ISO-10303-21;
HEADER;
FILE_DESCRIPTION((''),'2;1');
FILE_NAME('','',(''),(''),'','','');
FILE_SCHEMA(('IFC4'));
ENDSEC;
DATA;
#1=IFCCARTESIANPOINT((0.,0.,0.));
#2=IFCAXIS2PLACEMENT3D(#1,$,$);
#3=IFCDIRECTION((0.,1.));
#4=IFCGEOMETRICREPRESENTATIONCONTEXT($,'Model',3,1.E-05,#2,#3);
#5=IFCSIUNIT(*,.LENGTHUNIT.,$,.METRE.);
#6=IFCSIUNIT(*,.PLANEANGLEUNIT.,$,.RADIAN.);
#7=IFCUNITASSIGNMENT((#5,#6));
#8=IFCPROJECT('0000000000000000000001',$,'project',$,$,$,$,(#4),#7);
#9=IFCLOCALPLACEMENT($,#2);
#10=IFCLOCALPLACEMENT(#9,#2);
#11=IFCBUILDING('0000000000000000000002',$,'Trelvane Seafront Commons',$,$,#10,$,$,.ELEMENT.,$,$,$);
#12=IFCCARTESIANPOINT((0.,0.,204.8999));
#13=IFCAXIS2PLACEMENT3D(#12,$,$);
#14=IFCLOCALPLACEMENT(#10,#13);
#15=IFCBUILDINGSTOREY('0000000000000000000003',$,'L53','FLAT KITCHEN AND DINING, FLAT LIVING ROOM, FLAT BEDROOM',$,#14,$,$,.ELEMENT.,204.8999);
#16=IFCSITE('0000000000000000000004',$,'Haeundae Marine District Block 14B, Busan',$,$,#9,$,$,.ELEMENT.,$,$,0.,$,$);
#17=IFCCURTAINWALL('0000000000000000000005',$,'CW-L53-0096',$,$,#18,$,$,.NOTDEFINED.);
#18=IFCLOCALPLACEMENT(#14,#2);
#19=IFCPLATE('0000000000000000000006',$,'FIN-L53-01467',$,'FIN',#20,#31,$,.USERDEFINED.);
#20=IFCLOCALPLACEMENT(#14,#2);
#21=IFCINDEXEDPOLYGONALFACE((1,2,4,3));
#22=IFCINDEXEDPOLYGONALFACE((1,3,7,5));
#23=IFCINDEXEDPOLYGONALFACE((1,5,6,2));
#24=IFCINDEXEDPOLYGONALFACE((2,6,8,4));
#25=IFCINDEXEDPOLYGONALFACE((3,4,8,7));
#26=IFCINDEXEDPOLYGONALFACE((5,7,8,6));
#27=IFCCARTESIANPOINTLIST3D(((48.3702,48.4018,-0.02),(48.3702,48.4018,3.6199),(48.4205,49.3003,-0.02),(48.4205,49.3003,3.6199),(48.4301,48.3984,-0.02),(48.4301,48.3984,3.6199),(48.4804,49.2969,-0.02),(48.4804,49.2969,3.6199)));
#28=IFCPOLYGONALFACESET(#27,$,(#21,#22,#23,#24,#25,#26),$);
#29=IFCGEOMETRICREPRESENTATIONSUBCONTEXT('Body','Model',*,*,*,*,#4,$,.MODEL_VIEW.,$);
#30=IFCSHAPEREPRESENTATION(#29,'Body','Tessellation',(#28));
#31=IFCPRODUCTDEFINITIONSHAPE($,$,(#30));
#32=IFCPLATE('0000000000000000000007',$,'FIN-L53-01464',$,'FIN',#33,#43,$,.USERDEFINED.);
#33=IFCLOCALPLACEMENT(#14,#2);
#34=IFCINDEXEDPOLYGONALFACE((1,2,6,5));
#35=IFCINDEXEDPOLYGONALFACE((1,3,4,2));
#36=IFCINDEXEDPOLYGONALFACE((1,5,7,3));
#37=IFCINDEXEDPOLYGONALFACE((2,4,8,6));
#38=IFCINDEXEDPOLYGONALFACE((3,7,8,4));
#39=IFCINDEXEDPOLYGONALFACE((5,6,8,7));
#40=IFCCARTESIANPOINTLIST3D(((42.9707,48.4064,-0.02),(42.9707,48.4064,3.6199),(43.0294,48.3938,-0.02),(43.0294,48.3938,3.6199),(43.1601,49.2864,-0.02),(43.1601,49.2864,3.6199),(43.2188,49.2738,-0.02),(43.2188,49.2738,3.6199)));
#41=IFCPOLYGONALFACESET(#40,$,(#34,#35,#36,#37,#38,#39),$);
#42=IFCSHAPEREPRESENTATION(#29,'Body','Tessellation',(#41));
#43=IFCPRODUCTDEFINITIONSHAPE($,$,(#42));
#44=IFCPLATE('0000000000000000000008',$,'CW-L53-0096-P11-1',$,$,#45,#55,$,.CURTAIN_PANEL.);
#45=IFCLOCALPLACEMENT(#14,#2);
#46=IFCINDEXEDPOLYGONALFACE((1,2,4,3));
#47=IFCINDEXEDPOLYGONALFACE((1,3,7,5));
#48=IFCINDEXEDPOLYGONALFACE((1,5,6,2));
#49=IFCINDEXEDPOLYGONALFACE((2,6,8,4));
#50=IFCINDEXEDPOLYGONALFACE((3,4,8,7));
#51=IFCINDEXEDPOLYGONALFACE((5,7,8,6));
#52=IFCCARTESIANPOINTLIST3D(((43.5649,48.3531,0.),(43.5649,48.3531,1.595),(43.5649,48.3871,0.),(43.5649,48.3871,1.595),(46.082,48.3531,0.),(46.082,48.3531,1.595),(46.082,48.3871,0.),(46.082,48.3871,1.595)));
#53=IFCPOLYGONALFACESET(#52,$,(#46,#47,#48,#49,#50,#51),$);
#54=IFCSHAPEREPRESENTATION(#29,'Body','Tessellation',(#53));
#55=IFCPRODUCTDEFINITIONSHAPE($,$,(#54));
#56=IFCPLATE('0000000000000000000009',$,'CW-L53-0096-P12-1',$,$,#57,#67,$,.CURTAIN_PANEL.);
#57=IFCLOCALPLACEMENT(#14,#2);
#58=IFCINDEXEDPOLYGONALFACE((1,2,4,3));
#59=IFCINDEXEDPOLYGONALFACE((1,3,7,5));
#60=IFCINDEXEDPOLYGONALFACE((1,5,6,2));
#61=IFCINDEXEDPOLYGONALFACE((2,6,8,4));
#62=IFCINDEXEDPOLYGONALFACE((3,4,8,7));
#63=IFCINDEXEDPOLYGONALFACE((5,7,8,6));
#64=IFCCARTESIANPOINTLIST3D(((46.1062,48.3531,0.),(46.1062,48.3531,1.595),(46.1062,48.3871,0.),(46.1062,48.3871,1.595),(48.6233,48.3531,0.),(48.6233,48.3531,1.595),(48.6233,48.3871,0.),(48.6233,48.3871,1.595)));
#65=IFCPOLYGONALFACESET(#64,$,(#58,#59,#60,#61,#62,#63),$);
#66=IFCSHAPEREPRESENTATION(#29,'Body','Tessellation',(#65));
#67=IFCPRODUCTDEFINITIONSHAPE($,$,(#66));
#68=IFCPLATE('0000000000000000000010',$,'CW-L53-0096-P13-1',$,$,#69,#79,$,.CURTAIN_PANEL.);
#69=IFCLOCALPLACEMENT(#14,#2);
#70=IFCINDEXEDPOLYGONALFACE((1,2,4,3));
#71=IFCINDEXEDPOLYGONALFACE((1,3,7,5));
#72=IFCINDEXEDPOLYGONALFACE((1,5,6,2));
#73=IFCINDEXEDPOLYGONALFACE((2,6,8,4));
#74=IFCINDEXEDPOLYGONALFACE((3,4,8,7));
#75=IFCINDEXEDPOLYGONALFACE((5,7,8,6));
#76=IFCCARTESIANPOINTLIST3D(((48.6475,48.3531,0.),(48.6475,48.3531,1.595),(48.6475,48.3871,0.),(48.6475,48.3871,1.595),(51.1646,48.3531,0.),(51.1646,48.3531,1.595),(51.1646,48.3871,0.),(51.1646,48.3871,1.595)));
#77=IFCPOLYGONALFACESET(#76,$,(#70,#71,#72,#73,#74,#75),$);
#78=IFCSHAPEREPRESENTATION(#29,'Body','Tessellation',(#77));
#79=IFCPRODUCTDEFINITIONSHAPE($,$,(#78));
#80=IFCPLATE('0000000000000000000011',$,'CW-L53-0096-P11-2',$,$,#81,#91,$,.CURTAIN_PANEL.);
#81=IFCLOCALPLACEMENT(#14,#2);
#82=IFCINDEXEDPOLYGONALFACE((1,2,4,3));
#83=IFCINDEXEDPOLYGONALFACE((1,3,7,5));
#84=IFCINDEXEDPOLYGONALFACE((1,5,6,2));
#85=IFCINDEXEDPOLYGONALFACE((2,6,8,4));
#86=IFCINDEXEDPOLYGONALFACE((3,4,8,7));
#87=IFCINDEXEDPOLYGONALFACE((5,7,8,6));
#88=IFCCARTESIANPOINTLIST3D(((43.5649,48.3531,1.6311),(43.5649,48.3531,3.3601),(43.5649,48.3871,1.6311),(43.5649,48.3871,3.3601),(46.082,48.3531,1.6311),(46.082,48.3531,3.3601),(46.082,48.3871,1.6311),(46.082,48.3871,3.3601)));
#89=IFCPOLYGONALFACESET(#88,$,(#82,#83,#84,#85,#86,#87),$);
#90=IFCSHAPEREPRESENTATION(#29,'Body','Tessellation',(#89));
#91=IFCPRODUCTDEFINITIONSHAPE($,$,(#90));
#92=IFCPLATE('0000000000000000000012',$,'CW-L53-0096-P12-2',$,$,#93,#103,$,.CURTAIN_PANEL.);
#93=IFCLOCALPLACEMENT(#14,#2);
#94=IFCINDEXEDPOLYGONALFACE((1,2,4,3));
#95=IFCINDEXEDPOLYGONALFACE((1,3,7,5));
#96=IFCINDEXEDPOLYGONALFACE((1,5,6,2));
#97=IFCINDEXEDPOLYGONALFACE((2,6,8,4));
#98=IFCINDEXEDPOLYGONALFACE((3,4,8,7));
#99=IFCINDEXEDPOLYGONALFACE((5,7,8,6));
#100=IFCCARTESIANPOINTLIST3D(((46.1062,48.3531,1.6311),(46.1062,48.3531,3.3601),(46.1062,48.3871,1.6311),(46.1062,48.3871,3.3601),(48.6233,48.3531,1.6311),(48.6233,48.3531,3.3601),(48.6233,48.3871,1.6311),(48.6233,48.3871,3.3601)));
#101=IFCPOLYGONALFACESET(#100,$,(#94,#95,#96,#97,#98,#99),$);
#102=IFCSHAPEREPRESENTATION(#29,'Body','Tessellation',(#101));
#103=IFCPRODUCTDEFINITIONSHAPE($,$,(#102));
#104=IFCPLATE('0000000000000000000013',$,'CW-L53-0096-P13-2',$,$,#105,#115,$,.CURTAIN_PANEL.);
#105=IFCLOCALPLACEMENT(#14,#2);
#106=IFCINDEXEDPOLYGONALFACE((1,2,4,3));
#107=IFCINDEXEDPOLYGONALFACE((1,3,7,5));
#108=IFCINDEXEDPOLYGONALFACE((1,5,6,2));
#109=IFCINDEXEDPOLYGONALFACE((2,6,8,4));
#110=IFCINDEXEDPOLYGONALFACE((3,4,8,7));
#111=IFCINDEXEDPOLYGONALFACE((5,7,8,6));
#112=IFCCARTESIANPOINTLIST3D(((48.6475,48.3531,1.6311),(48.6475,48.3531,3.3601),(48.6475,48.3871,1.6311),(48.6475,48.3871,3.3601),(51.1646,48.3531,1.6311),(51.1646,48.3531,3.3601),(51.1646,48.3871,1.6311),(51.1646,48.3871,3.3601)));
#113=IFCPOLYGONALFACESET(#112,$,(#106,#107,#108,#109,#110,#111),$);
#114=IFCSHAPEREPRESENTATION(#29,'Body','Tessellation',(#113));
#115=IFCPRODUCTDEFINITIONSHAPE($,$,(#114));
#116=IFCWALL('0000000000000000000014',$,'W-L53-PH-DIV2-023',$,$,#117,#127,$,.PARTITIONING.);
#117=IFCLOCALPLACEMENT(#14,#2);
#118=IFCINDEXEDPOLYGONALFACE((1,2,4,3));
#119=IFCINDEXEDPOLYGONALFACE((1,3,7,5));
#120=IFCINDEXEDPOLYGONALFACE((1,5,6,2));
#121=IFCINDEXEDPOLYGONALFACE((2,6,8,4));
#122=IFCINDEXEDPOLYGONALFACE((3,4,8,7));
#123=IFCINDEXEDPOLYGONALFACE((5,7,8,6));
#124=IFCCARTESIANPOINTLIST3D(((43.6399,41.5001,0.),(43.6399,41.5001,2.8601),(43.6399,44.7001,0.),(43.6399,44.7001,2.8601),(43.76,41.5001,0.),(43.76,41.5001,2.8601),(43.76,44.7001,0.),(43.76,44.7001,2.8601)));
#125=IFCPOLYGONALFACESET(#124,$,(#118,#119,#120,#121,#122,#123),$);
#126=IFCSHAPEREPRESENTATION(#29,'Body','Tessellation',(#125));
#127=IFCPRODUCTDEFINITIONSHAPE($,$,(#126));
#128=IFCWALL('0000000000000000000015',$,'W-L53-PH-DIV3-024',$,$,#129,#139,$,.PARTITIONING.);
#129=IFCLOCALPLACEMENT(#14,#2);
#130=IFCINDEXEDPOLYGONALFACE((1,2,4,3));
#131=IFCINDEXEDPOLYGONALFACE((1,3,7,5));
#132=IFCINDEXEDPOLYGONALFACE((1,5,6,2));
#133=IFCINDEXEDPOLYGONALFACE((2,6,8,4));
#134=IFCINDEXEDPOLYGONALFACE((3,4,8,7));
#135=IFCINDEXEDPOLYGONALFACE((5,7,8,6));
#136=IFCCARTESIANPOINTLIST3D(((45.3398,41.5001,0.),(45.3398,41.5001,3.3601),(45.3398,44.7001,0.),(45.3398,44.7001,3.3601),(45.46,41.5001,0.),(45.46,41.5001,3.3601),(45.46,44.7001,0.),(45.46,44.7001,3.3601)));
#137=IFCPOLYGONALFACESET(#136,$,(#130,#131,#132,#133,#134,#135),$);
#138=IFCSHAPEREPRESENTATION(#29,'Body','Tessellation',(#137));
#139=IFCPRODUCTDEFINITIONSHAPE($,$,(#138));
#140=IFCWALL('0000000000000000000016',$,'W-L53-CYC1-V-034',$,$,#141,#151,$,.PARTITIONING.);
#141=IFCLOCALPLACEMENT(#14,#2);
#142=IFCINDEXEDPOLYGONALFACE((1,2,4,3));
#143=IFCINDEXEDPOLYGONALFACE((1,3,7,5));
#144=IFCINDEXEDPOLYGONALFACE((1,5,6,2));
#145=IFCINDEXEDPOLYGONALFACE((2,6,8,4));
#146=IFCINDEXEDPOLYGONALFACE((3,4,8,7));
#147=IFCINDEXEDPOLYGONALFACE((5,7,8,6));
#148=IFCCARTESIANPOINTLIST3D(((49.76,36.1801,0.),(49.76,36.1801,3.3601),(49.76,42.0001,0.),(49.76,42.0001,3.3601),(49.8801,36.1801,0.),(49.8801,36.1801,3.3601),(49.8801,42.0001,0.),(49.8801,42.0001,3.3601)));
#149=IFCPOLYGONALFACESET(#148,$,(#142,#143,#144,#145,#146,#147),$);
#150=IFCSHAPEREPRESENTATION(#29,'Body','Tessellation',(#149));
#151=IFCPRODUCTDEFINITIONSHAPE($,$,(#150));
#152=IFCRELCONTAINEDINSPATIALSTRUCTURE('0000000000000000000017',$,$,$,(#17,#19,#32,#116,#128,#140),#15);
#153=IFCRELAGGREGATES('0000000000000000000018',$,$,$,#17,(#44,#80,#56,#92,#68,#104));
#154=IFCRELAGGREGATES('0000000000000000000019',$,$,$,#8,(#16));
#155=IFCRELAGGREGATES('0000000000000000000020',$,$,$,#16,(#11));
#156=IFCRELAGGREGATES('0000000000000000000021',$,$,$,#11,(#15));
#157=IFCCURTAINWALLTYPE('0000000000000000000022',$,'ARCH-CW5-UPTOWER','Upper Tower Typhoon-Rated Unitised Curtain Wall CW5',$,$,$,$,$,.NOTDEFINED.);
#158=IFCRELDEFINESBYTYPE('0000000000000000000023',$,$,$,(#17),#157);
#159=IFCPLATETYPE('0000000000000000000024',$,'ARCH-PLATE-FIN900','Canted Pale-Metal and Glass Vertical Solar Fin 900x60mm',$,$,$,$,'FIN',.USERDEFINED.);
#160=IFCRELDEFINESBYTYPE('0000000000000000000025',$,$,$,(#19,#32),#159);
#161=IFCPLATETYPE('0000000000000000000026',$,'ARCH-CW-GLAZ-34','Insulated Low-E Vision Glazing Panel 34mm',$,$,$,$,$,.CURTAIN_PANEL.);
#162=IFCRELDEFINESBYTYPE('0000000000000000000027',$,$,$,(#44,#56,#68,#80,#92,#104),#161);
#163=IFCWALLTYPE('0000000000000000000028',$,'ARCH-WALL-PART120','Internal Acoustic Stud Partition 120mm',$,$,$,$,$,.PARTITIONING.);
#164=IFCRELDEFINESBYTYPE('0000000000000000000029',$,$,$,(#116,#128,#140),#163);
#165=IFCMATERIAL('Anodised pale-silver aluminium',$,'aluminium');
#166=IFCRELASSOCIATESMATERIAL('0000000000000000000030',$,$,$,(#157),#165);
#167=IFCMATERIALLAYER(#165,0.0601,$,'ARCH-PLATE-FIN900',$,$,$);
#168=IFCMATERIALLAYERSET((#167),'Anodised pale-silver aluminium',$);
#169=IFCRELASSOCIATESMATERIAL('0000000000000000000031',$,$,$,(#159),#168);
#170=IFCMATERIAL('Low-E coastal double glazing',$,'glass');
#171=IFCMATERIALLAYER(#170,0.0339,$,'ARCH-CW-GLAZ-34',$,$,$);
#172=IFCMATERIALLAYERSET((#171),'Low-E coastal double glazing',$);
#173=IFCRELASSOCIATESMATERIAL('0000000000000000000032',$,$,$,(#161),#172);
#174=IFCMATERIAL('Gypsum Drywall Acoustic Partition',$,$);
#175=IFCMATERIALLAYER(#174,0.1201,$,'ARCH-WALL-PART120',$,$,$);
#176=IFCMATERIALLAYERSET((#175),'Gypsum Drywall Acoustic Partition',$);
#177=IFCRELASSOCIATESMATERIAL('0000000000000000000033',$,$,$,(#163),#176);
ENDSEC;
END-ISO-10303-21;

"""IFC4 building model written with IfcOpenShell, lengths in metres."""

from ifc_helpers import new_model, si_unit, direction, frame, frame_2d, origin, origin_2d, place, context, subcontext, project, spatial, rectangle, extrude, source, transform, mapped, material, layer, layer_set, type_object, element, aggregate, save


model = new_model("IFC4")

# Units and contexts
model_context = context("Model", 3, precision=1e-05, world=origin(), true_north=direction((0.0, 1.0)))
body_context = subcontext(model_context, "Body", "Model", "MODEL_VIEW")
ifc_project = project(units=[si_unit("LENGTHUNIT", "METRE"), si_unit("PLANEANGLEUNIT", "RADIAN")], contexts=[model_context])

# Site, building, storey
site_placement = place(None, origin())
site = spatial("IfcSite", under=ifc_project, at=site_placement, Name="Haeundae Marine District Block 14B, Busan", CompositionType="ELEMENT", RefElevation=0.0)
building_placement = place(site_placement, origin())
building = spatial("IfcBuilding", under=site, at=building_placement, Name="Trelvane Seafront Commons", CompositionType="ELEMENT")
storey_placement = place(building_placement, frame((0.0, 0.0, 204.8999)))
storey = spatial("IfcBuildingStorey", under=building, at=storey_placement, Name="L53", Description="FLAT KITCHEN AND DINING, FLAT LIVING ROOM, FLAT BEDROOM", CompositionType="ELEMENT", Elevation=204.8999)

# Curtain wall
ifc_material_1 = material(Name="Anodised pale-silver aluminium", Category="aluminium")
curtain_wall_type = type_object("IfcCurtainWallType", Name="ARCH-CW5-UPTOWER", Description="Upper Tower Typhoon-Rated Unitised Curtain Wall CW5", PredefinedType="NOTDEFINED", material=ifc_material_1)
curtain_wall_placement = place(storey_placement, origin())
curtain_wall = element("IfcCurtainWall", 1, at=curtain_wall_placement, inside=storey, type_object=curtain_wall_type, Name="CW-L53-0096", PredefinedType="NOTDEFINED")

# Plates
ifc_layer_1 = layer(ifc_material_1, 0.0601, Name="ARCH-PLATE-FIN900")
ifc_layer_set_1 = layer_set([ifc_layer_1], Name="Anodised pale-silver aluminium")
plate_type_1 = type_object("IfcPlateType", Name="ARCH-PLATE-FIN900", Description="Canted Pale-Metal and Glass Vertical Solar Fin 900x60mm", ElementType="FIN", PredefinedType="USERDEFINED", material=ifc_layer_set_1)
shared_shape_1 = source(origin(), body_context, "Body", "SweptSolid", [
    extrude(rectangle(XDim=0.8999, YDim=0.0601, at=origin_2d()), origin(), (0.0, 0.0, 1.0), 3.6399),
])
for number, where, z_axis, x_axis, name in (
    (2, (48.4253, 48.8494, -0.02), (0.0, 0.0, 1.0), (0.055888, 0.998437, 0.0), "FIN-L53-01467"),
):
    element("IfcPlate", number, at=place(storey_placement, frame(where, z_axis=z_axis, x_axis=x_axis)), inside=storey, type_object=plate_type_1, Name=name, ObjectType="FIN", PredefinedType="USERDEFINED", context=body_context, shape_type="MappedRepresentation", body=[
        mapped(shared_shape_1, transform((0.0, 0.0, 0.0), x_axis=(1.0, 0.0, 0.0), y_axis=(0.0, 1.0, 0.0), z_axis=(0.0, 0.0, 1.0), scale=1.0)),
    ])
shared_shape_2 = source(origin(), body_context, "Body", "SweptSolid", [
    extrude(rectangle(XDim=0.9001, YDim=0.0601, at=origin_2d()), origin(), (0.0, 0.0, 1.0), 3.6399),
])
plate_1_placement = place(storey_placement, frame((43.0947, 48.8401, -0.02), z_axis=(0.0, 0.0, 1.0), x_axis=(0.210433, 0.977608, 0.0)))
element("IfcPlate", 3, at=plate_1_placement, inside=storey, type_object=plate_type_1, Name="FIN-L53-01464", ObjectType="FIN", PredefinedType="USERDEFINED", context=body_context, shape_type="MappedRepresentation", body=[
    mapped(shared_shape_2, transform((0.0, 0.0, 0.0), x_axis=(1.0, 0.0, 0.0), y_axis=(0.0, 1.0, 0.0), z_axis=(0.0, 0.0, 1.0), scale=1.0)),
])

# Plates
ifc_material_2 = material(Name="Low-E coastal double glazing", Category="glass")
ifc_layer_2 = layer(ifc_material_2, 0.0339, Name="ARCH-CW-GLAZ-34")
ifc_layer_set_2 = layer_set([ifc_layer_2], Name="Low-E coastal double glazing")
plate_type_2 = type_object("IfcPlateType", Name="ARCH-CW-GLAZ-34", Description="Insulated Low-E Vision Glazing Panel 34mm", PredefinedType="CURTAIN_PANEL", material=ifc_layer_set_2)
shared_shape_3 = source(origin(), body_context, "Body", "SweptSolid", [
    extrude(rectangle(XDim=2.5171, YDim=0.0339, at=origin_2d()), origin(), (0.0, 0.0, 1.0), 1.595),
])
plate_2_placement = place(storey_placement, frame((44.8235, 48.3701, 0.0), z_axis=(0.0, 0.0, 1.0), x_axis=(1.0, 0.0, 0.0)))
plate_2 = element("IfcPlate", 4, at=plate_2_placement, type_object=plate_type_2, Name="CW-L53-0096-P11-1", PredefinedType="CURTAIN_PANEL", context=body_context, shape_type="MappedRepresentation", body=[
    mapped(shared_shape_3, transform((0.0, 0.0, 0.0), x_axis=(1.0, 0.0, 0.0), y_axis=(0.0, 1.0, 0.0), z_axis=(0.0, 0.0, 1.0), scale=1.0)),
])
plate_3_placement = place(storey_placement, frame((47.3647, 48.3701, 0.0), z_axis=(0.0, 0.0, 1.0), x_axis=(1.0, 0.0, 0.0)))
plate_3 = element("IfcPlate", 5, at=plate_3_placement, type_object=plate_type_2, Name="CW-L53-0096-P12-1", PredefinedType="CURTAIN_PANEL", context=body_context, shape_type="MappedRepresentation", body=[
    mapped(shared_shape_3, transform((0.0, 0.0, 0.0), x_axis=(1.0, 0.0, 0.0), y_axis=(0.0, 1.0, 0.0), z_axis=(0.0, 0.0, 1.0), scale=1.0)),
])
plate_4_placement = place(storey_placement, frame((49.906, 48.3701, 0.0), z_axis=(0.0, 0.0, 1.0), x_axis=(1.0, 0.0, 0.0)))
plate_4 = element("IfcPlate", 6, at=plate_4_placement, type_object=plate_type_2, Name="CW-L53-0096-P13-1", PredefinedType="CURTAIN_PANEL", context=body_context, shape_type="MappedRepresentation", body=[
    mapped(shared_shape_3, transform((0.0, 0.0, 0.0), x_axis=(1.0, 0.0, 0.0), y_axis=(0.0, 1.0, 0.0), z_axis=(0.0, 0.0, 1.0), scale=1.0)),
])
shared_shape_4 = source(origin(), body_context, "Body", "SweptSolid", [
    extrude(rectangle(XDim=2.5171, YDim=0.0339, at=origin_2d()), origin(), (0.0, 0.0, 1.0), 1.729),
])
plate_5_placement = place(storey_placement, frame((44.8235, 48.3701, 1.6311), z_axis=(0.0, 0.0, 1.0), x_axis=(1.0, 0.0, 0.0)))
plate_5 = element("IfcPlate", 7, at=plate_5_placement, type_object=plate_type_2, Name="CW-L53-0096-P11-2", PredefinedType="CURTAIN_PANEL", context=body_context, shape_type="MappedRepresentation", body=[
    mapped(shared_shape_4, transform((0.0, 0.0, 0.0), x_axis=(1.0, 0.0, 0.0), y_axis=(0.0, 1.0, 0.0), z_axis=(0.0, 0.0, 1.0), scale=1.0)),
])
plate_6_placement = place(storey_placement, frame((47.3647, 48.3701, 1.6311), z_axis=(0.0, 0.0, 1.0), x_axis=(1.0, 0.0, 0.0)))
plate_6 = element("IfcPlate", 8, at=plate_6_placement, type_object=plate_type_2, Name="CW-L53-0096-P12-2", PredefinedType="CURTAIN_PANEL", context=body_context, shape_type="MappedRepresentation", body=[
    mapped(shared_shape_4, transform((0.0, 0.0, 0.0), x_axis=(1.0, 0.0, 0.0), y_axis=(0.0, 1.0, 0.0), z_axis=(0.0, 0.0, 1.0), scale=1.0)),
])
plate_7_placement = place(storey_placement, frame((49.906, 48.3701, 1.6311), z_axis=(0.0, 0.0, 1.0), x_axis=(1.0, 0.0, 0.0)))
plate_7 = element("IfcPlate", 9, at=plate_7_placement, type_object=plate_type_2, Name="CW-L53-0096-P13-2", PredefinedType="CURTAIN_PANEL", context=body_context, shape_type="MappedRepresentation", body=[
    mapped(shared_shape_4, transform((0.0, 0.0, 0.0), x_axis=(1.0, 0.0, 0.0), y_axis=(0.0, 1.0, 0.0), z_axis=(0.0, 0.0, 1.0), scale=1.0)),
])
aggregate(curtain_wall, [plate_2, plate_5, plate_3, plate_6, plate_4, plate_7])

# Walls
ifc_material_3 = material(Name="Gypsum Drywall Acoustic Partition")
ifc_layer_3 = layer(ifc_material_3, 0.1201, Name="ARCH-WALL-PART120")
ifc_layer_set_3 = layer_set([ifc_layer_3], Name="Gypsum Drywall Acoustic Partition")
wall_type_1 = type_object("IfcWallType", Name="ARCH-WALL-PART120", Description="Internal Acoustic Stud Partition 120mm", PredefinedType="PARTITIONING", material=ifc_layer_set_3)
wall_1_placement = place(storey_placement, frame((43.7, 41.5, 0.0), z_axis=(0.0, 0.0, 1.0), x_axis=(0.0, 1.0, 0.0)))
element("IfcWall", 10, at=wall_1_placement, inside=storey, type_object=wall_type_1, Name="W-L53-PH-DIV2-023", PredefinedType="PARTITIONING", context=body_context, shape_type="SweptSolid", body=[
    extrude(rectangle(XDim=3.2, YDim=0.1201, at=frame_2d((1.6001, 0.0))), origin(), (0.0, 0.0, 1.0), 2.8601),
])
wall_2_placement = place(storey_placement, frame((45.3999, 41.5, 0.0), z_axis=(0.0, 0.0, 1.0), x_axis=(0.0, 1.0, 0.0)))
element("IfcWall", 11, at=wall_2_placement, inside=storey, type_object=wall_type_1, Name="W-L53-PH-DIV3-024", PredefinedType="PARTITIONING", context=body_context, shape_type="SweptSolid", body=[
    extrude(rectangle(XDim=3.2, YDim=0.1201, at=frame_2d((1.6001, 0.0))), origin(), (0.0, 0.0, 1.0), 3.3601),
])

# Wall
wall_3_placement = place(storey_placement, frame((49.8201, 36.1799, 0.0), z_axis=(0.0, 0.0, 1.0), x_axis=(0.0, 1.0, 0.0)))
element("IfcWall", 12, at=wall_3_placement, inside=storey, type_object=wall_type_1, Name="W-L53-CYC1-V-034", PredefinedType="PARTITIONING", context=body_context, shape_type="SweptSolid", body=[
    extrude(rectangle(XDim=5.8201, YDim=0.1201, at=frame_2d((2.9102, 0.0))), origin(), (0.0, 0.0, 1.0), 3.3601),
])

save(model, "model.ifc")
